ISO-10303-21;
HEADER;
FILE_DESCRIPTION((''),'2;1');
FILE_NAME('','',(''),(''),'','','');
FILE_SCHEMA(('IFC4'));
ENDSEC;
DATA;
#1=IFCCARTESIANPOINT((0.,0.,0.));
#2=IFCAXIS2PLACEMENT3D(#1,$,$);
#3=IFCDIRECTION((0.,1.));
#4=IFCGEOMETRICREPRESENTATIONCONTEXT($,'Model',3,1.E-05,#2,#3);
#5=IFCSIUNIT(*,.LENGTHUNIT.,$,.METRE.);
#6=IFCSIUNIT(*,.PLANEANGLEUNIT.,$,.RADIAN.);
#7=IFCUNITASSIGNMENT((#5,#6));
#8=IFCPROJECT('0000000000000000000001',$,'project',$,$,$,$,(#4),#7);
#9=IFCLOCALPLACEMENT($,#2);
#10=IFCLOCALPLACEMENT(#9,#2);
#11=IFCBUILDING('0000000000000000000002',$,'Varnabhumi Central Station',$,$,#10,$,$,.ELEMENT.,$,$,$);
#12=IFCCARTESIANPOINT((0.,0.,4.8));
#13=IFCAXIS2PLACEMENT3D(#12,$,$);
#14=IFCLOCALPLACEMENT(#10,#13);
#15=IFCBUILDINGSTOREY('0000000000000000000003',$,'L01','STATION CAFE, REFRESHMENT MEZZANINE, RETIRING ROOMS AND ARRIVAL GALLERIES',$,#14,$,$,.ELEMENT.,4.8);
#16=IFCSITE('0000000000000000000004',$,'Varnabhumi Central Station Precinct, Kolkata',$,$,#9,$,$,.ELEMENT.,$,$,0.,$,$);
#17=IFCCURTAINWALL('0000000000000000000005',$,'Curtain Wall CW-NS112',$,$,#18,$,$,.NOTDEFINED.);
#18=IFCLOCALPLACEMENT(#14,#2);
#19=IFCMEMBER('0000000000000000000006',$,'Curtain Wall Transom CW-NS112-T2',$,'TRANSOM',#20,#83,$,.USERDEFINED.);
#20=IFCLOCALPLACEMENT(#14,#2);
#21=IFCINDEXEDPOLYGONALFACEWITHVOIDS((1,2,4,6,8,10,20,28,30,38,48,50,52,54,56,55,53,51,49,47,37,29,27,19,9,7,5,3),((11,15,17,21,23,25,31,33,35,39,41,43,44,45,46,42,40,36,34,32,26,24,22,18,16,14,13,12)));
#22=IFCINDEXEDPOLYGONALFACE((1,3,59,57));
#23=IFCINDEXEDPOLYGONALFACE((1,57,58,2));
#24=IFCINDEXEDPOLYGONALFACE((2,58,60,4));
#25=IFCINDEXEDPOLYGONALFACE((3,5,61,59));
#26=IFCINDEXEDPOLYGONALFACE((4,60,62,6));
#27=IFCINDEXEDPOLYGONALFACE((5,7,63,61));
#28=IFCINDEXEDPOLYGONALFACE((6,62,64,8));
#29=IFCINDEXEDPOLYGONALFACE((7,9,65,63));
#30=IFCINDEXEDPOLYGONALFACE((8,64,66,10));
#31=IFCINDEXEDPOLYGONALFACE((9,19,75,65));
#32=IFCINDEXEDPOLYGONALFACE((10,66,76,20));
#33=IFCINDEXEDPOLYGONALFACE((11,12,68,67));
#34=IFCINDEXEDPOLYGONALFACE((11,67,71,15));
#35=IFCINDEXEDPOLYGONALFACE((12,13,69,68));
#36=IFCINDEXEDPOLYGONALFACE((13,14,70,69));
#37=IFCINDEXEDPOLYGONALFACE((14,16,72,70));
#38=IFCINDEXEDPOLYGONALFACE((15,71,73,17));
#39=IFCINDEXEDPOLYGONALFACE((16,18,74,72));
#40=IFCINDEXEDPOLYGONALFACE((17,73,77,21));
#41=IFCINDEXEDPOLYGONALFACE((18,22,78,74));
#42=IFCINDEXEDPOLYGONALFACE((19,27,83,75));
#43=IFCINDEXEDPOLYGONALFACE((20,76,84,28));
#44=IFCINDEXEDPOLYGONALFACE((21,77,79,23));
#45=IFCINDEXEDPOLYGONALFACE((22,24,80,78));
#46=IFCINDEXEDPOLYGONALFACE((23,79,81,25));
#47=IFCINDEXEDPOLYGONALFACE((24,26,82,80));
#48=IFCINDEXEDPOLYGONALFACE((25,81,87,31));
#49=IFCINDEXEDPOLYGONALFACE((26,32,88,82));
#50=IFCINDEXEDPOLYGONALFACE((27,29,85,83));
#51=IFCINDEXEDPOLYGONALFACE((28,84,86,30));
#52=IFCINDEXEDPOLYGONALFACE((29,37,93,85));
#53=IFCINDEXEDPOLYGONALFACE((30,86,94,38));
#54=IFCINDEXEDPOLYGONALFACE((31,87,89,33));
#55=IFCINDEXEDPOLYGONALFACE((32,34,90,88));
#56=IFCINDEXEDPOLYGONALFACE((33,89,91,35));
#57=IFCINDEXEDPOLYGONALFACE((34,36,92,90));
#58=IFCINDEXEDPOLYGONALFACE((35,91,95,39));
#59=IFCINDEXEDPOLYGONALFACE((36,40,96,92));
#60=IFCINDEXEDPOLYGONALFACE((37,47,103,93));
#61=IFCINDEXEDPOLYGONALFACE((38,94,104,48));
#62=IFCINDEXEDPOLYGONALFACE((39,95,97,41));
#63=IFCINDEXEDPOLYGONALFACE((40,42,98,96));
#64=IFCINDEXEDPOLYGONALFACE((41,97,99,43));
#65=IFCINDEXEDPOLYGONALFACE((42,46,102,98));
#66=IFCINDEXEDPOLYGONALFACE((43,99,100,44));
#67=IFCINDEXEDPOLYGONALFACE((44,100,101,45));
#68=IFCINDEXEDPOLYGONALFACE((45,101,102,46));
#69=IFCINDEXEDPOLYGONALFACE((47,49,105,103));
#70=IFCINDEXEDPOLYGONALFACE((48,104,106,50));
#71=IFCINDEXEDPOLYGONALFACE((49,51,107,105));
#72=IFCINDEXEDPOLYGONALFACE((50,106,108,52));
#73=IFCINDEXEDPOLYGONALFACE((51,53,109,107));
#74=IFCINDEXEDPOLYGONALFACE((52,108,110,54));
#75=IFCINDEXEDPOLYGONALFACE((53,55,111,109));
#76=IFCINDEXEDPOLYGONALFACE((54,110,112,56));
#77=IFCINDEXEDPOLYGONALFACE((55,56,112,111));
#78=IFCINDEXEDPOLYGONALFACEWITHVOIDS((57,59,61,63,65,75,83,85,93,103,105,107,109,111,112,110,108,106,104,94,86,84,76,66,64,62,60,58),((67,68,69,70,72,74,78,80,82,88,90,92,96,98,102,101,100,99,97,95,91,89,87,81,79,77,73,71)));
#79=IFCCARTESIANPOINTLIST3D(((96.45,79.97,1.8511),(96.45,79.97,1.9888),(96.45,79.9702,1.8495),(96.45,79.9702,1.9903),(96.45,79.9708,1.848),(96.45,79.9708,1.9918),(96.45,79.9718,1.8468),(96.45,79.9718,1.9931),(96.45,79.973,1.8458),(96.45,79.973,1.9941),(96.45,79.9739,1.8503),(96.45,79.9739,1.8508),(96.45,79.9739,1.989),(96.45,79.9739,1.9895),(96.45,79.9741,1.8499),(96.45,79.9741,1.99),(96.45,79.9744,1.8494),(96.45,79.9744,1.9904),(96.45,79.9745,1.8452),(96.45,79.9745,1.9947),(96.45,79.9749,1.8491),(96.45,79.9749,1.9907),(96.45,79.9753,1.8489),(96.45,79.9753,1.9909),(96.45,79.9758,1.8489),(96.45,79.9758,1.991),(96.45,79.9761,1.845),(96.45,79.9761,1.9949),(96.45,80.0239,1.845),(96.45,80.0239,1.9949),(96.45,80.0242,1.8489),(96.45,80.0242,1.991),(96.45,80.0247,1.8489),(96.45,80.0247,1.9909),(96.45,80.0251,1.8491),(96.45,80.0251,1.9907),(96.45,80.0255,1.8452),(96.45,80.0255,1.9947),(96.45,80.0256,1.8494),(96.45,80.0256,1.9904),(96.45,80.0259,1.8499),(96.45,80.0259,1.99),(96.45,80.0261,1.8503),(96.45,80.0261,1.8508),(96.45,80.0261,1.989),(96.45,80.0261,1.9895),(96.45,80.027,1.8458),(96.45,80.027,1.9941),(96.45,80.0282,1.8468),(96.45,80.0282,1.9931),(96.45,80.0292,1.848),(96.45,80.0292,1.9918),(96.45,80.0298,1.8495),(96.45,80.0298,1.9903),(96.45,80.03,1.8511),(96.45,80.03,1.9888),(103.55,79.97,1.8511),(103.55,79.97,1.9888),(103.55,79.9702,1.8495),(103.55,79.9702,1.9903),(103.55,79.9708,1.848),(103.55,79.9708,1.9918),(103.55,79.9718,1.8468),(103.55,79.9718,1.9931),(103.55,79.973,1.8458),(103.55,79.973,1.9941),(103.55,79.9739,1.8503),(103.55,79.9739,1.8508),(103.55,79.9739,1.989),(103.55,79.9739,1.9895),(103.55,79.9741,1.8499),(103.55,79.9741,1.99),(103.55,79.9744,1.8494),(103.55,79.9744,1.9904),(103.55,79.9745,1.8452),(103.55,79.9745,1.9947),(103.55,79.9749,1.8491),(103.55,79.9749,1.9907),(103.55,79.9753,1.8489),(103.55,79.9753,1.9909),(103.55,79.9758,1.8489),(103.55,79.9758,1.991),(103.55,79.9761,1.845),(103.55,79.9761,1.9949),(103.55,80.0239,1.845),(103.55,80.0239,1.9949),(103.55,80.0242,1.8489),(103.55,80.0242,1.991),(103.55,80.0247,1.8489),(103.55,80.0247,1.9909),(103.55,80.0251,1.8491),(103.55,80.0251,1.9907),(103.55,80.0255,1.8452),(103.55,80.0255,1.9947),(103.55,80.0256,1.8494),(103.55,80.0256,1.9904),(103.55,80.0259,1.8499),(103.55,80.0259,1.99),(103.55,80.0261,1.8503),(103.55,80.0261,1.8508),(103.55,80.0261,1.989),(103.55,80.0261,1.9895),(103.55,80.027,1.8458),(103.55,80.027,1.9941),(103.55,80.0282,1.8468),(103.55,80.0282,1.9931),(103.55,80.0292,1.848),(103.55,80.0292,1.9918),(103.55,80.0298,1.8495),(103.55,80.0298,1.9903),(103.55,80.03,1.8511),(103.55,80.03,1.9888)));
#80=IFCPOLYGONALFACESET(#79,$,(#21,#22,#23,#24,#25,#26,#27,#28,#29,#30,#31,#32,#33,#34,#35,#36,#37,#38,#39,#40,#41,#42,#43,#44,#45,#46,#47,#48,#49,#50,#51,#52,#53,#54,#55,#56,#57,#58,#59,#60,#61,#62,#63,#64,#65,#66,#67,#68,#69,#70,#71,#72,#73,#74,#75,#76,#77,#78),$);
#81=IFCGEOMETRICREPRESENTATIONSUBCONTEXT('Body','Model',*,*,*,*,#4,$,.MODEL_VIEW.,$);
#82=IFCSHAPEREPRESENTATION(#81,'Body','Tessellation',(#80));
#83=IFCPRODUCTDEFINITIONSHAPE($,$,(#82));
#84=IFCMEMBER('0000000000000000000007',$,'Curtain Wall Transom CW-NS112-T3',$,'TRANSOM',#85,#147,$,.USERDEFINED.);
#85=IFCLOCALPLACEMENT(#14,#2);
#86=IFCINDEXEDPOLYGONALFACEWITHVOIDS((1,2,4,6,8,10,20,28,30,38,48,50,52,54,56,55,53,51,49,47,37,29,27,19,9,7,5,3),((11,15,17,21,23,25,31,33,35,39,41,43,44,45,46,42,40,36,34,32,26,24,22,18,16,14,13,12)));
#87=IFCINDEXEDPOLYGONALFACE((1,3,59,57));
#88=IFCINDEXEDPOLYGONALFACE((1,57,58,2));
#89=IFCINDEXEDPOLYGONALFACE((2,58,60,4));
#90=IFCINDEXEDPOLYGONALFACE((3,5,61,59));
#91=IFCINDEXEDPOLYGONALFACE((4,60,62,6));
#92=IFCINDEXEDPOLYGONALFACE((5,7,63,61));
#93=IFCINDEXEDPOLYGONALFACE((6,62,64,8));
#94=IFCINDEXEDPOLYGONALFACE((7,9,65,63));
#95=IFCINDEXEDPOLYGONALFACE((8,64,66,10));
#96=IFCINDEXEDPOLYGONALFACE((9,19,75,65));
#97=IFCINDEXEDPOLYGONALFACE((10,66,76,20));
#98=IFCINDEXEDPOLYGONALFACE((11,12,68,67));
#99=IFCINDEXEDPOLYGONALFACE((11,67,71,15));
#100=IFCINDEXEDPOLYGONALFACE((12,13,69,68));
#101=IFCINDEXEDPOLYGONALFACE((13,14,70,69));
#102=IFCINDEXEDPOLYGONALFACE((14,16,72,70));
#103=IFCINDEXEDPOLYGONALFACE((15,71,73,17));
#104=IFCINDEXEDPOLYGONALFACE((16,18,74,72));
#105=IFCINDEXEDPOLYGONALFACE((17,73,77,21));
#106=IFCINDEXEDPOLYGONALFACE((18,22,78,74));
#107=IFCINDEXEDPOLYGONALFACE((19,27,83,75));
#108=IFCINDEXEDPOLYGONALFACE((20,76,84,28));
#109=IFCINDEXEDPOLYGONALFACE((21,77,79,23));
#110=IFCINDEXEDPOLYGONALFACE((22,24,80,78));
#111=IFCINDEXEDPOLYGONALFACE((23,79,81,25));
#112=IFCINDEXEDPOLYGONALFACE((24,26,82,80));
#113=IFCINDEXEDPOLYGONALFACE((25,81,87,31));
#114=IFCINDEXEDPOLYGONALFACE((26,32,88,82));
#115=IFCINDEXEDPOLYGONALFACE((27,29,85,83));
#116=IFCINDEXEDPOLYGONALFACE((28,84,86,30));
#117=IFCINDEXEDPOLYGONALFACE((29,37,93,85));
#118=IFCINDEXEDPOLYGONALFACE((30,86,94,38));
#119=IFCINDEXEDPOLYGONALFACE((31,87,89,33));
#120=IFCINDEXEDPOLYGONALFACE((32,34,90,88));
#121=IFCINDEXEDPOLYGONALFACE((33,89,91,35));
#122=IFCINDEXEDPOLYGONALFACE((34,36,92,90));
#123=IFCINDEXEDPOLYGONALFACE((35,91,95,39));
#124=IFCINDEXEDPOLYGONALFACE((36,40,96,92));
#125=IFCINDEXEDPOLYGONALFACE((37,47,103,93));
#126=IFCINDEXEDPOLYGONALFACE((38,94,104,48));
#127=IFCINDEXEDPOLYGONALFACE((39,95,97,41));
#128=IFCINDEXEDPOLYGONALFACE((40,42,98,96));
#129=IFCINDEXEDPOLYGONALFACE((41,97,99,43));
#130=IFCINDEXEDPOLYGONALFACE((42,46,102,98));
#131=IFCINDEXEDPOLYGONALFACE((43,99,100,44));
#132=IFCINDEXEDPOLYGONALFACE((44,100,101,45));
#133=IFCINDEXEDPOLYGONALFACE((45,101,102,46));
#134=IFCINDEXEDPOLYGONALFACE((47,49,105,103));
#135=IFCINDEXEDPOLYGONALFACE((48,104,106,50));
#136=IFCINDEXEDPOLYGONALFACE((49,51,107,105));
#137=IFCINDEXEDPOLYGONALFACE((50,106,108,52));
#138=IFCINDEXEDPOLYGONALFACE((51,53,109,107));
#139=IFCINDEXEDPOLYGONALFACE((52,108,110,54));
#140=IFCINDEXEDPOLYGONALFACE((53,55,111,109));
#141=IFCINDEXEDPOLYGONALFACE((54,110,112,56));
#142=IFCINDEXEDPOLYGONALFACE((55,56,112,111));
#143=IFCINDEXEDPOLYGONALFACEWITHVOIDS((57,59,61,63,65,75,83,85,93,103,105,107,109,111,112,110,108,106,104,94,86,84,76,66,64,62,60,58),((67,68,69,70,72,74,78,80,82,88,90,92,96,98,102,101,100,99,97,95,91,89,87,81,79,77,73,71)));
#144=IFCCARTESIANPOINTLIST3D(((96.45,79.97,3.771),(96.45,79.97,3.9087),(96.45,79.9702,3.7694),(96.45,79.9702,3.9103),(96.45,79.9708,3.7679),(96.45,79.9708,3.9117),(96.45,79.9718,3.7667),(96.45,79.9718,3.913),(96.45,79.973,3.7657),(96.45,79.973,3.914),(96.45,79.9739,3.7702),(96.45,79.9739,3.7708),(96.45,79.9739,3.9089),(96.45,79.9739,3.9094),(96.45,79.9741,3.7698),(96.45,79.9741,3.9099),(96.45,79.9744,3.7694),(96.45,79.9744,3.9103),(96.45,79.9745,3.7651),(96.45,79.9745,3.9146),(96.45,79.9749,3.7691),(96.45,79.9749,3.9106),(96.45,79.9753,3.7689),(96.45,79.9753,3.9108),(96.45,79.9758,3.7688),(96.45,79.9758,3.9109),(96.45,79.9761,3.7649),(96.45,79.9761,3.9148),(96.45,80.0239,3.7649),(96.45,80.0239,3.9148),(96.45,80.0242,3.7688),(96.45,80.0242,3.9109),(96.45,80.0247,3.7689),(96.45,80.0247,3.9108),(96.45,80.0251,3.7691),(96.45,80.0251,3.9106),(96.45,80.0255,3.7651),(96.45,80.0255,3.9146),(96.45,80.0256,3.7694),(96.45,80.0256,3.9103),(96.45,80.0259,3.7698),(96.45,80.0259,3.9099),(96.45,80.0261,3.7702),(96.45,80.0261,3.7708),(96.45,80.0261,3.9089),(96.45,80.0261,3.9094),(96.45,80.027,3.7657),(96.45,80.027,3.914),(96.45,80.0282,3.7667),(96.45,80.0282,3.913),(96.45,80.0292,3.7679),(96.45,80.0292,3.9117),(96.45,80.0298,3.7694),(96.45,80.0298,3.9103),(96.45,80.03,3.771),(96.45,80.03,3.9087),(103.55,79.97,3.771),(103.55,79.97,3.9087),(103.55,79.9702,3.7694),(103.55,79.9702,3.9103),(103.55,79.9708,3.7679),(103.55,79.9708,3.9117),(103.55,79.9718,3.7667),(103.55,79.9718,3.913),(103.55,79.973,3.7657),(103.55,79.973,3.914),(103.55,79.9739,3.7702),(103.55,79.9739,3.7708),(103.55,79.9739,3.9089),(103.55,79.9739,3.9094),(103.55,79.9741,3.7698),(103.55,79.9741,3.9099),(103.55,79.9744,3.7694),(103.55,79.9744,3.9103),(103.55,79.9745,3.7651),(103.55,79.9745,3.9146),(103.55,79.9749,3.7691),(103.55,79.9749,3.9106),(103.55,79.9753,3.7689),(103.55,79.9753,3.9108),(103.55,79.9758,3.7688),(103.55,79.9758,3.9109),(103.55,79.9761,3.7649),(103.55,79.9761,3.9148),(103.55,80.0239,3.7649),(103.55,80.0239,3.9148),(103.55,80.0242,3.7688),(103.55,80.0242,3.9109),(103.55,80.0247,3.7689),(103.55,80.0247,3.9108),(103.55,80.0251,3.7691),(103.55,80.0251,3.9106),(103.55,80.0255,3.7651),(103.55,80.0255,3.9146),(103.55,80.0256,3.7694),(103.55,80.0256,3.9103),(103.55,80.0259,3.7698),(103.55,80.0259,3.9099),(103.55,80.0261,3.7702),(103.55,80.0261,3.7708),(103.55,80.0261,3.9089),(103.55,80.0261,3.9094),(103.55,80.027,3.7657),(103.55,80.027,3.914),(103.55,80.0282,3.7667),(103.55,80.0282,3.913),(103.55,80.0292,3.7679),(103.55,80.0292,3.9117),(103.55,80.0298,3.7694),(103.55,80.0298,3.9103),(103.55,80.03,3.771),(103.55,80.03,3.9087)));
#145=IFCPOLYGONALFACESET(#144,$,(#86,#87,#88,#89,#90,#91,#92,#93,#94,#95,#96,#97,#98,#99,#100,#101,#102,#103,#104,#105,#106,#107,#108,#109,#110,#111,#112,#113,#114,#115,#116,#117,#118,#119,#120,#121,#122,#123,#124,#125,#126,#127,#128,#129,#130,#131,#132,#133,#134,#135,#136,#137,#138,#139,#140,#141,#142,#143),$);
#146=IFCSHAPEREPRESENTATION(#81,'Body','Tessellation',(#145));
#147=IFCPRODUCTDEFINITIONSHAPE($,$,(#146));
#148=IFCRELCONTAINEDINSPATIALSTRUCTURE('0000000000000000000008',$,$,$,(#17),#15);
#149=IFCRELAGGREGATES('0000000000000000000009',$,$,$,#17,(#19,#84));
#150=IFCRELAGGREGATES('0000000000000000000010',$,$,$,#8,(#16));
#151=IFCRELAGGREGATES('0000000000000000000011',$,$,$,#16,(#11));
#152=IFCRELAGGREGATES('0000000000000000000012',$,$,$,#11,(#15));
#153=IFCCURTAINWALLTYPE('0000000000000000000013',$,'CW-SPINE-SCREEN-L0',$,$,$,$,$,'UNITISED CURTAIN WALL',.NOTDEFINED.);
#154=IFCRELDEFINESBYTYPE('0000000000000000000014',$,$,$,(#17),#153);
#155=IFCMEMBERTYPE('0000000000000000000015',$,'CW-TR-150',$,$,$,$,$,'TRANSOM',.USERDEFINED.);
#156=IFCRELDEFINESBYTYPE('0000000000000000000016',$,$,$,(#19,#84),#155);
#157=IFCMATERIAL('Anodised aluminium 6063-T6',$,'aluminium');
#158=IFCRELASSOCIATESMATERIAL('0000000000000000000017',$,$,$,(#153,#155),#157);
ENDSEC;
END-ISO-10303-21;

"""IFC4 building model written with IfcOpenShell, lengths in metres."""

from ifc_helpers import new_model, si_unit, direction, frame, origin, origin_2d, place, context, subcontext, project, spatial, hollow_rectangle, extrude, material, material_profile, profile_set, type_object, element, aggregate, save


model = new_model("IFC4")

# Units and contexts
model_context = context("Model", 3, precision=1e-05, world=origin(), true_north=direction((0.0, 1.0)))
body_context = subcontext(model_context, "Body", "Model", "MODEL_VIEW")
ifc_project = project(units=[si_unit("LENGTHUNIT", "METRE"), si_unit("PLANEANGLEUNIT", "RADIAN")], contexts=[model_context])

# Site, building, storey
site_placement = place(None, origin())
site = spatial("IfcSite", under=ifc_project, at=site_placement, Name="Varnabhumi Central Station Precinct, Kolkata", CompositionType="ELEMENT", RefElevation=0.0)
building_placement = place(site_placement, origin())
building = spatial("IfcBuilding", under=site, at=building_placement, Name="Varnabhumi Central Station", CompositionType="ELEMENT")
storey_placement = place(building_placement, frame((0.0, 0.0, 4.8)))
storey = spatial("IfcBuildingStorey", under=building, at=storey_placement, Name="L01", Description="STATION CAFE, REFRESHMENT MEZZANINE, RETIRING ROOMS AND ARRIVAL GALLERIES", CompositionType="ELEMENT", Elevation=4.8)

# Curtain wall
ifc_material_1 = material(Name="Anodised aluminium 6063-T6", Category="aluminium")
curtain_wall_type_1 = type_object("IfcCurtainWallType", Name="CW-SPINE-SCREEN-L0", ElementType="UNITISED CURTAIN WALL", PredefinedType="NOTDEFINED", material=ifc_material_1)
curtain_wall_1_placement = place(storey_placement, origin())
curtain_wall_1 = element("IfcCurtainWall", 1, at=curtain_wall_1_placement, inside=storey, type_object=curtain_wall_type_1, Name="Curtain Wall CW-NS112", PredefinedType="NOTDEFINED")

# Members
ifc_material_profile_1 = material_profile(ifc_material_1, hollow_rectangle(XDim=0.0601, YDim=0.1499, WallThickness=0.0039, InnerFilletRadius=0.002, OuterFilletRadius=0.0061, at=origin_2d()), Name="Anodised aluminium 6063-T6", Category="aluminium")
ifc_profile_set_1 = profile_set([ifc_material_profile_1], Name="Anodised aluminium 6063-T6")
member_type_1 = type_object("IfcMemberType", Name="CW-TR-150", ElementType="TRANSOM", PredefinedType="USERDEFINED", material=ifc_profile_set_1)
member_1_placement = place(storey_placement, frame((96.45, 80.0, 1.9199), z_axis=(1.0, 0.0, 0.0), x_axis=(0.0, 1.0, 0.0)))
member_1 = element("IfcMember", 2, at=member_1_placement, type_object=member_type_1, Name="Curtain Wall Transom CW-NS112-T2", ObjectType="TRANSOM", PredefinedType="USERDEFINED", context=body_context, shape_type="SweptSolid", body=[
    extrude(hollow_rectangle(XDim=0.0601, YDim=0.1499, WallThickness=0.0039, InnerFilletRadius=0.002, OuterFilletRadius=0.0061, at=origin_2d()), origin(), (0.0, 0.0, 1.0), 7.1001),
])
member_2_placement = place(storey_placement, frame((96.45, 80.0, 3.8398), z_axis=(1.0, 0.0, 0.0), x_axis=(0.0, 1.0, 0.0)))
member_2 = element("IfcMember", 3, at=member_2_placement, type_object=member_type_1, Name="Curtain Wall Transom CW-NS112-T3", ObjectType="TRANSOM", PredefinedType="USERDEFINED", context=body_context, shape_type="SweptSolid", body=[
    extrude(hollow_rectangle(XDim=0.0601, YDim=0.1499, WallThickness=0.0039, InnerFilletRadius=0.002, OuterFilletRadius=0.0061, at=origin_2d()), origin(), (0.0, 0.0, 1.0), 7.1001),
])

aggregate(curtain_wall_1, [member_1, member_2])

save(model, "model.ifc")
